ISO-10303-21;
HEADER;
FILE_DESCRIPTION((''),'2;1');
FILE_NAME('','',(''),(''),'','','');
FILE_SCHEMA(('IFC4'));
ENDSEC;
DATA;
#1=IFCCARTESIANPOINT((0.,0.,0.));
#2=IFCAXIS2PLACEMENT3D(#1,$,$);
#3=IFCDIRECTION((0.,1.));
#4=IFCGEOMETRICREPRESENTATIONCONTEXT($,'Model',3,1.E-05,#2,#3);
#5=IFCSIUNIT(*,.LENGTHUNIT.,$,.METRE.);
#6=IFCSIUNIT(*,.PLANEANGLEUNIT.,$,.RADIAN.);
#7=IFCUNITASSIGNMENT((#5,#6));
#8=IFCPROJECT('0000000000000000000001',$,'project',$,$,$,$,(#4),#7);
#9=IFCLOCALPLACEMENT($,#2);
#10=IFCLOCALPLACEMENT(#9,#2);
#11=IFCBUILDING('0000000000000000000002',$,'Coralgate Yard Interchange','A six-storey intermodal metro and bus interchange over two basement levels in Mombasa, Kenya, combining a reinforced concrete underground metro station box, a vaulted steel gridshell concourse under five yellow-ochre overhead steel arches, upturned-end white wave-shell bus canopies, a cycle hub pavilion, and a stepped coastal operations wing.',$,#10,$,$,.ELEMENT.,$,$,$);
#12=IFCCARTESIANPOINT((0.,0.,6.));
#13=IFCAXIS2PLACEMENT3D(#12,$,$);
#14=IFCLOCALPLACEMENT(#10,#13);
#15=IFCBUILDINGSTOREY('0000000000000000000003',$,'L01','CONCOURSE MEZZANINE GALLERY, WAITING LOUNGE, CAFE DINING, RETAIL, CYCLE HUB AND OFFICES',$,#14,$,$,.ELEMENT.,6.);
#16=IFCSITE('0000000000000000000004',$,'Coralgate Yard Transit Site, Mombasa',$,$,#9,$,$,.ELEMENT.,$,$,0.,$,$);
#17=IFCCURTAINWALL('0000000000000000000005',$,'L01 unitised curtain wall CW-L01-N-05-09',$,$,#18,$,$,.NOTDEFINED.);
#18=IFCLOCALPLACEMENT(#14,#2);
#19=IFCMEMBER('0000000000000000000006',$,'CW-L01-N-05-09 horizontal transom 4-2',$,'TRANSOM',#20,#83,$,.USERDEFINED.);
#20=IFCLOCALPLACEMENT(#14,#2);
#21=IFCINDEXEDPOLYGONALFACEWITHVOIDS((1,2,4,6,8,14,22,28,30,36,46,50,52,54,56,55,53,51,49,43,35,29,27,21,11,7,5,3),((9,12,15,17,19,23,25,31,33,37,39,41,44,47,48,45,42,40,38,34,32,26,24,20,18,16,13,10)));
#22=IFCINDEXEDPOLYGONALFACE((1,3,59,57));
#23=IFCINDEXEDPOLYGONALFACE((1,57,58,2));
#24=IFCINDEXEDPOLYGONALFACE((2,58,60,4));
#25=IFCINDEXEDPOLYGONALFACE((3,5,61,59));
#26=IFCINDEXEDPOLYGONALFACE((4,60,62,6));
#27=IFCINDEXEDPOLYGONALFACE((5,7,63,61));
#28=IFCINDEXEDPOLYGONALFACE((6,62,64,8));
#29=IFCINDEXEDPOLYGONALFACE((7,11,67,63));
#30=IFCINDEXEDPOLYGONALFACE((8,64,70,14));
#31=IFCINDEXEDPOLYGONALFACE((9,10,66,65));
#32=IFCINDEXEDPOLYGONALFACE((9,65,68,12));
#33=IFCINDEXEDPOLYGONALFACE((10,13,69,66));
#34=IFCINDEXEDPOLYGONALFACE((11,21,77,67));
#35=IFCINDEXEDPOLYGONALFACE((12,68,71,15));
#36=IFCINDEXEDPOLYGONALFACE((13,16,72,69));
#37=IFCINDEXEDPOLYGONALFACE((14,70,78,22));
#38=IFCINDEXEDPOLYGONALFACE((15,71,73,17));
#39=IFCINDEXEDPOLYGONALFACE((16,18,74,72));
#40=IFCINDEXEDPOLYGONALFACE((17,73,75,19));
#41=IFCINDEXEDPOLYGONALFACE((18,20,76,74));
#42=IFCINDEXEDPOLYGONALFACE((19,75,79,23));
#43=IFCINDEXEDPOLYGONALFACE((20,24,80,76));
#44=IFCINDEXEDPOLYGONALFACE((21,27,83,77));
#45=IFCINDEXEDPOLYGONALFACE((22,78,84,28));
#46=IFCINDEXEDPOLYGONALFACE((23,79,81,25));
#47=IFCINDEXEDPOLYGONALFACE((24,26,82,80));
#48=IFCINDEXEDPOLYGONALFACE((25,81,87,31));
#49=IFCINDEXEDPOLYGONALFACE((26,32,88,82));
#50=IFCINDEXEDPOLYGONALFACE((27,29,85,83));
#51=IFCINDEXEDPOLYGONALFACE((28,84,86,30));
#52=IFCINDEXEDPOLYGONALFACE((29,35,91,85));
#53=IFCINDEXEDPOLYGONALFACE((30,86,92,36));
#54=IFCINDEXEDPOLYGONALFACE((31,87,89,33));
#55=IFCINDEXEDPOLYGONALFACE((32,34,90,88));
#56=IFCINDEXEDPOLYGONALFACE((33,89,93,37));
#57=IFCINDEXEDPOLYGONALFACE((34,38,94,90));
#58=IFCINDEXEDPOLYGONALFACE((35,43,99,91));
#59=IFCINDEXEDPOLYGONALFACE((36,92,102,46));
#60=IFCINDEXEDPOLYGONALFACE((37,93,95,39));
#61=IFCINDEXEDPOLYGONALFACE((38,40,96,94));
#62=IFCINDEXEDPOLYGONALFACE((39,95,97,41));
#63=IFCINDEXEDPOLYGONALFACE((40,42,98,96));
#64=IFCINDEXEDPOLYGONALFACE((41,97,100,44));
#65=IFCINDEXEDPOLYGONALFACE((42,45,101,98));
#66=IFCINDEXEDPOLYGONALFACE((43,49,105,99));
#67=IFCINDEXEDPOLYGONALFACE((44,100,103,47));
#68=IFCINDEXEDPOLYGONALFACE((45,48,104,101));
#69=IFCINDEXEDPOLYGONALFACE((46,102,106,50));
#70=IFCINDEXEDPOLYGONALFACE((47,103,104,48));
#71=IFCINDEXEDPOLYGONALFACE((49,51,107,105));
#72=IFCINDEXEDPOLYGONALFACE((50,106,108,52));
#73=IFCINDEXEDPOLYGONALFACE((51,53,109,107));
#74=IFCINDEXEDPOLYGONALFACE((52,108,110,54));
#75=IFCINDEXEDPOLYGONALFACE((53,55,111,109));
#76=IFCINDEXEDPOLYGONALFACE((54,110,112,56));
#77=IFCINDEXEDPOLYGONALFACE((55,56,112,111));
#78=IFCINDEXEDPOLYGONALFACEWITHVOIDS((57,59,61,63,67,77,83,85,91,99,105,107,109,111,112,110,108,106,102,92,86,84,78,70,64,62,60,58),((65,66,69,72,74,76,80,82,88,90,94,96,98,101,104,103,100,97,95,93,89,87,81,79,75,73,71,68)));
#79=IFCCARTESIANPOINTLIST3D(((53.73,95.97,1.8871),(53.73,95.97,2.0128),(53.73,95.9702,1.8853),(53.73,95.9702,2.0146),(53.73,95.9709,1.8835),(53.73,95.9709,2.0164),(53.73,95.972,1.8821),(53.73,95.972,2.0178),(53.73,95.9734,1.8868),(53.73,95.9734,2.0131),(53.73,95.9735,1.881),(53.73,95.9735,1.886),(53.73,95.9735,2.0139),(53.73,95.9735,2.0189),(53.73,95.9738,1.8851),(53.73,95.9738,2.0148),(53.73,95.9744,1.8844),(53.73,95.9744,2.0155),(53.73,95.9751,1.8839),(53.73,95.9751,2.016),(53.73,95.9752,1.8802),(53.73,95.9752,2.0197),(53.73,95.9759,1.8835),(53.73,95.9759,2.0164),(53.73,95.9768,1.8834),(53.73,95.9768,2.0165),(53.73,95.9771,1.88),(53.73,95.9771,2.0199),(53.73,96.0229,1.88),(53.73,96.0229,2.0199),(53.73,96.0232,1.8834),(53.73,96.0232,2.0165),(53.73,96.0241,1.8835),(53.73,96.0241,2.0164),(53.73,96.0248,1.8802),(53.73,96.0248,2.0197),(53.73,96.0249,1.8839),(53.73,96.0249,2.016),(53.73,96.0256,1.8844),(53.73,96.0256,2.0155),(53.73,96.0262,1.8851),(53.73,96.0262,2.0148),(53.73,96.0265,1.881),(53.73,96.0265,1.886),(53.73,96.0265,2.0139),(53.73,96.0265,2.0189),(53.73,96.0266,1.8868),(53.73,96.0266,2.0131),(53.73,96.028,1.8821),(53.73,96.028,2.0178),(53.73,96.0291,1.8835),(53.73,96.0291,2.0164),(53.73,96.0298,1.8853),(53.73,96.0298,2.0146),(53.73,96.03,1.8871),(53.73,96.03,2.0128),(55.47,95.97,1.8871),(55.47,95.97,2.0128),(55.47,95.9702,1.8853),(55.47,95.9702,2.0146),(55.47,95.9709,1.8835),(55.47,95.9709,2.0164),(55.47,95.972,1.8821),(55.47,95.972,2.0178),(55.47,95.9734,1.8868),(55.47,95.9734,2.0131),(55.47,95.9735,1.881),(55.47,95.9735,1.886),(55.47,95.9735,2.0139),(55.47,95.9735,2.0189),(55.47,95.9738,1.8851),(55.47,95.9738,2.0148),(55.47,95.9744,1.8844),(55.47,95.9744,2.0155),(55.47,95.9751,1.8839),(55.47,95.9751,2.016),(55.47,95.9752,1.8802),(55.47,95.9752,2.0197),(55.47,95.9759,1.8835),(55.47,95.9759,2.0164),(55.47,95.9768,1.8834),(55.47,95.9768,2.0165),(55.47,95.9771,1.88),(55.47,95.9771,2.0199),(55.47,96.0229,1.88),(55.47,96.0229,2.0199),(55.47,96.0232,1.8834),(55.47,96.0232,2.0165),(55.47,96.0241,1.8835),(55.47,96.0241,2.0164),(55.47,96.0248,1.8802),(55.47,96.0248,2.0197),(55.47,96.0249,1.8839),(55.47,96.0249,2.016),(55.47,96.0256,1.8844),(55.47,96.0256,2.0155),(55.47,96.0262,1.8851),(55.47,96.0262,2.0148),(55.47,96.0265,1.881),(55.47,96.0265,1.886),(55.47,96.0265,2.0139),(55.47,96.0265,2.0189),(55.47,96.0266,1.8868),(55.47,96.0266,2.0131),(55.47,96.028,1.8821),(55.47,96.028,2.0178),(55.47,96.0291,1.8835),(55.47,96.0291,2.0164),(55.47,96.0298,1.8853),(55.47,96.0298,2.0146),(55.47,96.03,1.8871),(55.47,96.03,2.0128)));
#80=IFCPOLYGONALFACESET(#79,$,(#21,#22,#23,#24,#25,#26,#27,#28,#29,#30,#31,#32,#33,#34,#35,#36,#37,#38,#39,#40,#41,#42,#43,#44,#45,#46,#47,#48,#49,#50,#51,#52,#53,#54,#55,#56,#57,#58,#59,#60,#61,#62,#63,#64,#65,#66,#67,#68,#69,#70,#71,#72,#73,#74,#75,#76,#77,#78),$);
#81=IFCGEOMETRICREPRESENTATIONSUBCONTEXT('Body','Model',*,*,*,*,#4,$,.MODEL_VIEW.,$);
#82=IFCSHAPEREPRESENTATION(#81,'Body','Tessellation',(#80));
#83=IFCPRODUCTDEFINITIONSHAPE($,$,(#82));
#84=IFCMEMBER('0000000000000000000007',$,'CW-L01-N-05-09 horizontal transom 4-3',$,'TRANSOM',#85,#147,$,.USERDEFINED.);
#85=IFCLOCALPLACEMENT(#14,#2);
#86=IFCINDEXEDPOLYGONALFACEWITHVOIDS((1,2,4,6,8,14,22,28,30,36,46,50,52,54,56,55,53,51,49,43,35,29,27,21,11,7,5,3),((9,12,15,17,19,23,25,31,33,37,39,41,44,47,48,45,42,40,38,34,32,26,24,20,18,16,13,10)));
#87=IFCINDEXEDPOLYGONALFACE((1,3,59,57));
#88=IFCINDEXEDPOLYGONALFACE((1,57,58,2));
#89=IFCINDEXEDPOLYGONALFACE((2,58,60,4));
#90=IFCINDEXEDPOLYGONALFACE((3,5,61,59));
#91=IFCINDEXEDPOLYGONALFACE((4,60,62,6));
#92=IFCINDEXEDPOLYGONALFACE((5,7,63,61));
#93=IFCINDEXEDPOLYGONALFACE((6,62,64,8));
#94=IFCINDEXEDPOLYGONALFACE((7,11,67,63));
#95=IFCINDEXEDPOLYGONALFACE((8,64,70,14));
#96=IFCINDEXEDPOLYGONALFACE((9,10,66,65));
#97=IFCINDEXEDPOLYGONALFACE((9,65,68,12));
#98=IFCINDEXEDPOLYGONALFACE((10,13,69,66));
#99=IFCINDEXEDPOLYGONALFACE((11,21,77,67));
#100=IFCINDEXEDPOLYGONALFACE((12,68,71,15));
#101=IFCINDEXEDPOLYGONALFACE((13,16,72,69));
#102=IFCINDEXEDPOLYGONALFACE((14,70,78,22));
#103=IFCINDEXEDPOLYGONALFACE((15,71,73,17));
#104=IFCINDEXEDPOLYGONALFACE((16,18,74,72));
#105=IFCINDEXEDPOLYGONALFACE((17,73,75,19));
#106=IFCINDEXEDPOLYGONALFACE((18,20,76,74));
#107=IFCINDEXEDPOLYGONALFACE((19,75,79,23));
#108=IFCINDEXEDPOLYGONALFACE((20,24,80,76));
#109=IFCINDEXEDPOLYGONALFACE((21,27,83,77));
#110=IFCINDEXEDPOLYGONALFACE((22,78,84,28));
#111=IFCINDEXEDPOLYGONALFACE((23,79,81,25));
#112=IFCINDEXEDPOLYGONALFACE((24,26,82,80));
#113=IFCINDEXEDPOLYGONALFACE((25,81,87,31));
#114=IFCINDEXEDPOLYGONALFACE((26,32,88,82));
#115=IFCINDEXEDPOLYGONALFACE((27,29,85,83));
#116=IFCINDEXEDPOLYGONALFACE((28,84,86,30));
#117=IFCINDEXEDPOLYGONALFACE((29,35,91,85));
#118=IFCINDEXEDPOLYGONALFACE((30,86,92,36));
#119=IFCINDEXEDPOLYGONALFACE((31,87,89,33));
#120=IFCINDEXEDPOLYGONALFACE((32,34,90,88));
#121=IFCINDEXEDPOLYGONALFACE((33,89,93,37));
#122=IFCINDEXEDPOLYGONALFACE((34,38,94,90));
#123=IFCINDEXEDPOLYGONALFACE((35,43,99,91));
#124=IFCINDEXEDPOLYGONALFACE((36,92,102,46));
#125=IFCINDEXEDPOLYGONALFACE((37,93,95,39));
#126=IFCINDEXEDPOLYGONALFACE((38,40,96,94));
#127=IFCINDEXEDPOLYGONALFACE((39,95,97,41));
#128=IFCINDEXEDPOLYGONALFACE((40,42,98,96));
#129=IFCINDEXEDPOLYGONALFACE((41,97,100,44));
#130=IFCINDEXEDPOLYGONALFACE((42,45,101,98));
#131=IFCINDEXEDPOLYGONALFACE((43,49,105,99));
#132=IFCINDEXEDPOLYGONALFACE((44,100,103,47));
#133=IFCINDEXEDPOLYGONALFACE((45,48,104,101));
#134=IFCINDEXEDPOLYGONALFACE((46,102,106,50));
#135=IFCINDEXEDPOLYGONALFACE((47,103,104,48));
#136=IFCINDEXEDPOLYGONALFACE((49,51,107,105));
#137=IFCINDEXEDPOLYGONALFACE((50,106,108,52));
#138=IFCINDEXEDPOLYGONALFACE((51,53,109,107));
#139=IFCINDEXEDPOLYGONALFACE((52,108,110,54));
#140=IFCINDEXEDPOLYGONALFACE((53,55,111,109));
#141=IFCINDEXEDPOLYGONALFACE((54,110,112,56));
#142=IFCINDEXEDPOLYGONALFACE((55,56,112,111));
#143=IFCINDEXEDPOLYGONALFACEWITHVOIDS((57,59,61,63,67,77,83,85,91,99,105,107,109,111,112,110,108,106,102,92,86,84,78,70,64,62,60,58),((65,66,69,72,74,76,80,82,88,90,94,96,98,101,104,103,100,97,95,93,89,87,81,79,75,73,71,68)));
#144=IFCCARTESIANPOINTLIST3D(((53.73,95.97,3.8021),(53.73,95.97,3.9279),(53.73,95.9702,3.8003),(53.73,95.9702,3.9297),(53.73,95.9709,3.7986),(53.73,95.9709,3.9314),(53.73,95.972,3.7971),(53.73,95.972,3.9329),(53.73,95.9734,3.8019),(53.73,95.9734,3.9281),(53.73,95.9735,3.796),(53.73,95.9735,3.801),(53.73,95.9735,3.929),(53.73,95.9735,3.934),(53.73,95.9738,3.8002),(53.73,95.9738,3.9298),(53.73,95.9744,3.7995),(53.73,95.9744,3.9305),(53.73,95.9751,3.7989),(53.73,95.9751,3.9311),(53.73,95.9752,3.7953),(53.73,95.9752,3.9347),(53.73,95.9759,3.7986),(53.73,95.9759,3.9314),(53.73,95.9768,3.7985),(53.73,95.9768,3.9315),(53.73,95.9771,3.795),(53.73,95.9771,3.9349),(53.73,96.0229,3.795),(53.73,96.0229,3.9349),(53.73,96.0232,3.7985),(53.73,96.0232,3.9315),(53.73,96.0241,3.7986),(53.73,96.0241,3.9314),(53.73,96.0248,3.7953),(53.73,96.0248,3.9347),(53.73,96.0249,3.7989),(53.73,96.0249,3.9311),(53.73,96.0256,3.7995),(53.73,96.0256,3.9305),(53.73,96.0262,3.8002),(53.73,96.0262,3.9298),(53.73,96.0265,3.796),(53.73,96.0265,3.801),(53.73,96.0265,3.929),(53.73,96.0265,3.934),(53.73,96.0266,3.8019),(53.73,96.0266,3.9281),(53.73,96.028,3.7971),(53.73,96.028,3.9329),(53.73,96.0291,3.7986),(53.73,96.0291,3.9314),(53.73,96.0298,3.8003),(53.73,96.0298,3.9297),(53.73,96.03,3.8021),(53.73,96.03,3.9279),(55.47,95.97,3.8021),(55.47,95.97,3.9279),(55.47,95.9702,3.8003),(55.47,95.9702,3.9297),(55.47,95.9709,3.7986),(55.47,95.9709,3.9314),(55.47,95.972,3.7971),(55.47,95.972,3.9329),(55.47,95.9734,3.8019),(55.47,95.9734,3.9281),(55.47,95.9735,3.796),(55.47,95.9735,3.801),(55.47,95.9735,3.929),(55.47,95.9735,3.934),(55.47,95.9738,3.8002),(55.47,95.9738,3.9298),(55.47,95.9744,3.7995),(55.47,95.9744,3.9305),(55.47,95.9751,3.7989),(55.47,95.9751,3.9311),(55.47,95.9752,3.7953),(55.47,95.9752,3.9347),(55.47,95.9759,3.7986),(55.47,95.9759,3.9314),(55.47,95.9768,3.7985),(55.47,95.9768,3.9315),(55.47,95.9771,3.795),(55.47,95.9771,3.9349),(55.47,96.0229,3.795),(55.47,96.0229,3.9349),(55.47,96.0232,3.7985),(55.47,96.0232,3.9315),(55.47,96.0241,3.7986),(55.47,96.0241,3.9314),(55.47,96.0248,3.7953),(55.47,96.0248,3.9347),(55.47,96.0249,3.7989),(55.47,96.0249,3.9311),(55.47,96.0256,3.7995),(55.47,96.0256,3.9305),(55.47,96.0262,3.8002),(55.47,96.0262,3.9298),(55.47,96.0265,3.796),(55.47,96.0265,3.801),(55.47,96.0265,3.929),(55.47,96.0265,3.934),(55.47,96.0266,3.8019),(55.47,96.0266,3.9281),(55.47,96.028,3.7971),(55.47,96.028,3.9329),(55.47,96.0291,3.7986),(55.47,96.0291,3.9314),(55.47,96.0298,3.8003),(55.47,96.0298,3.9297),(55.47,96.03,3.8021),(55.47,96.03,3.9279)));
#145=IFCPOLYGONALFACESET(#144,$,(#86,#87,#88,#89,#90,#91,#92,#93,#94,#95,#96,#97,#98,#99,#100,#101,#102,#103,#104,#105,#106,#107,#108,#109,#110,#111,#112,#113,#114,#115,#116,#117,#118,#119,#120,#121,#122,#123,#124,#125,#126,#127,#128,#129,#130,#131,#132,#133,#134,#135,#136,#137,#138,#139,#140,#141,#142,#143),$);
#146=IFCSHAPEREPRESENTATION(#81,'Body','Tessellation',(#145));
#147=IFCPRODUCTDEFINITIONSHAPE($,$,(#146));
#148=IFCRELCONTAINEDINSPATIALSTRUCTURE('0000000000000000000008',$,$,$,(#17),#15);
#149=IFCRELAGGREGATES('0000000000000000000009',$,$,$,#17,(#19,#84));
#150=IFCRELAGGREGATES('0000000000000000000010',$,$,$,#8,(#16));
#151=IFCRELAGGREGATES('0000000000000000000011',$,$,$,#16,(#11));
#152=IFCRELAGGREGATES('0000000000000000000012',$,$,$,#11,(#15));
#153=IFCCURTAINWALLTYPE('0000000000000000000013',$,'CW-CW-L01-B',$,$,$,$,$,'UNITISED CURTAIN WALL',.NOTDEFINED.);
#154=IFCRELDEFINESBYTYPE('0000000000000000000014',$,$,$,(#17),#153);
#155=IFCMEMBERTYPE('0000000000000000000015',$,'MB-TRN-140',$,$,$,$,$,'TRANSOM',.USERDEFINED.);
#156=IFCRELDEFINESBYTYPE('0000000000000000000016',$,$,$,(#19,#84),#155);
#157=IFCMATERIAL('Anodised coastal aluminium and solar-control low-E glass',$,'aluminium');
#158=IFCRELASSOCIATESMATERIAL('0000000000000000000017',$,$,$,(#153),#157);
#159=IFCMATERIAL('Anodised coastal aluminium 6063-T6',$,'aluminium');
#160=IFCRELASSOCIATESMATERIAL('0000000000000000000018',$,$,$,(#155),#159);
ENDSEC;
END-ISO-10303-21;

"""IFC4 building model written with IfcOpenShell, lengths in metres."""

from ifc_helpers import new_model, si_unit, direction, frame, origin, origin_2d, place, context, subcontext, project, spatial, hollow_rectangle, extrude, material, material_profile, profile_set, type_object, element, aggregate, save


model = new_model("IFC4")

# Units and contexts
model_context = context("Model", 3, precision=1e-05, world=origin(), true_north=direction((0.0, 1.0)))
body_context = subcontext(model_context, "Body", "Model", "MODEL_VIEW")
ifc_project = project(units=[si_unit("LENGTHUNIT", "METRE"), si_unit("PLANEANGLEUNIT", "RADIAN")], contexts=[model_context])

# Site, building, storey
site_placement = place(None, origin())
site = spatial("IfcSite", under=ifc_project, at=site_placement, Name="Coralgate Yard Transit Site, Mombasa", CompositionType="ELEMENT", RefElevation=0.0)
building_placement = place(site_placement, origin())
building = spatial("IfcBuilding", under=site, at=building_placement, Name="Coralgate Yard Interchange", Description="A six-storey intermodal metro and bus interchange over two basement levels in Mombasa, Kenya, combining a reinforced concrete underground metro station box, a vaulted steel gridshell concourse under five yellow-ochre overhead steel arches, upturned-end white wave-shell bus canopies, a cycle hub pavilion, and a stepped coastal operations wing.", CompositionType="ELEMENT")
storey_placement = place(building_placement, frame((0.0, 0.0, 6.0)))
storey = spatial("IfcBuildingStorey", under=building, at=storey_placement, Name="L01", Description="CONCOURSE MEZZANINE GALLERY, WAITING LOUNGE, CAFE DINING, RETAIL, CYCLE HUB AND OFFICES", CompositionType="ELEMENT", Elevation=6.0)

# Curtain wall, members
ifc_material_1 = material(Name="Anodised coastal aluminium and solar-control low-E glass", Category="aluminium")
curtain_wall_type = type_object("IfcCurtainWallType", Name="CW-CW-L01-B", ElementType="UNITISED CURTAIN WALL", PredefinedType="NOTDEFINED", material=ifc_material_1)
curtain_wall_placement = place(storey_placement, origin())
curtain_wall = element("IfcCurtainWall", 1, at=curtain_wall_placement, inside=storey, type_object=curtain_wall_type, Name="L01 unitised curtain wall CW-L01-N-05-09", PredefinedType="NOTDEFINED")
ifc_material_2 = material(Name="Anodised coastal aluminium 6063-T6", Category="aluminium")
ifc_material_profile_1 = material_profile(ifc_material_2, hollow_rectangle(XDim=0.0601, YDim=0.1399, WallThickness=0.0034, InnerFilletRadius=0.0034, OuterFilletRadius=0.0071, at=origin_2d()), Name="ALU 60x140x3.5")
ifc_profile_set_1 = profile_set([ifc_material_profile_1], Name="Anodised coastal aluminium 6063-T6")
member_type_1 = type_object("IfcMemberType", Name="MB-TRN-140", ElementType="TRANSOM", PredefinedType="USERDEFINED", material=ifc_profile_set_1)
member_1_placement = place(storey_placement, frame((53.73, 96.0, 1.95), z_axis=(1.0, 0.0, 0.0), x_axis=(0.0, 1.0, 0.0)))
member_1 = element("IfcMember", 2, at=member_1_placement, type_object=member_type_1, Name="CW-L01-N-05-09 horizontal transom 4-2", ObjectType="TRANSOM", PredefinedType="USERDEFINED", context=body_context, shape_type="SweptSolid", body=[
    extrude(hollow_rectangle(XDim=0.0601, YDim=0.1399, WallThickness=0.0034, InnerFilletRadius=0.0034, OuterFilletRadius=0.0071, at=origin_2d()), origin(), (0.0, 0.0, 1.0), 1.74),
])
member_2_placement = place(storey_placement, frame((53.73, 96.0, 3.865), z_axis=(1.0, 0.0, 0.0), x_axis=(0.0, 1.0, 0.0)))
member_2 = element("IfcMember", 3, at=member_2_placement, type_object=member_type_1, Name="CW-L01-N-05-09 horizontal transom 4-3", ObjectType="TRANSOM", PredefinedType="USERDEFINED", context=body_context, shape_type="SweptSolid", body=[
    extrude(hollow_rectangle(XDim=0.0601, YDim=0.1399, WallThickness=0.0034, InnerFilletRadius=0.0034, OuterFilletRadius=0.0071, at=origin_2d()), origin(), (0.0, 0.0, 1.0), 1.74),
])
aggregate(curtain_wall, [member_1, member_2])

save(model, "model.ifc")
